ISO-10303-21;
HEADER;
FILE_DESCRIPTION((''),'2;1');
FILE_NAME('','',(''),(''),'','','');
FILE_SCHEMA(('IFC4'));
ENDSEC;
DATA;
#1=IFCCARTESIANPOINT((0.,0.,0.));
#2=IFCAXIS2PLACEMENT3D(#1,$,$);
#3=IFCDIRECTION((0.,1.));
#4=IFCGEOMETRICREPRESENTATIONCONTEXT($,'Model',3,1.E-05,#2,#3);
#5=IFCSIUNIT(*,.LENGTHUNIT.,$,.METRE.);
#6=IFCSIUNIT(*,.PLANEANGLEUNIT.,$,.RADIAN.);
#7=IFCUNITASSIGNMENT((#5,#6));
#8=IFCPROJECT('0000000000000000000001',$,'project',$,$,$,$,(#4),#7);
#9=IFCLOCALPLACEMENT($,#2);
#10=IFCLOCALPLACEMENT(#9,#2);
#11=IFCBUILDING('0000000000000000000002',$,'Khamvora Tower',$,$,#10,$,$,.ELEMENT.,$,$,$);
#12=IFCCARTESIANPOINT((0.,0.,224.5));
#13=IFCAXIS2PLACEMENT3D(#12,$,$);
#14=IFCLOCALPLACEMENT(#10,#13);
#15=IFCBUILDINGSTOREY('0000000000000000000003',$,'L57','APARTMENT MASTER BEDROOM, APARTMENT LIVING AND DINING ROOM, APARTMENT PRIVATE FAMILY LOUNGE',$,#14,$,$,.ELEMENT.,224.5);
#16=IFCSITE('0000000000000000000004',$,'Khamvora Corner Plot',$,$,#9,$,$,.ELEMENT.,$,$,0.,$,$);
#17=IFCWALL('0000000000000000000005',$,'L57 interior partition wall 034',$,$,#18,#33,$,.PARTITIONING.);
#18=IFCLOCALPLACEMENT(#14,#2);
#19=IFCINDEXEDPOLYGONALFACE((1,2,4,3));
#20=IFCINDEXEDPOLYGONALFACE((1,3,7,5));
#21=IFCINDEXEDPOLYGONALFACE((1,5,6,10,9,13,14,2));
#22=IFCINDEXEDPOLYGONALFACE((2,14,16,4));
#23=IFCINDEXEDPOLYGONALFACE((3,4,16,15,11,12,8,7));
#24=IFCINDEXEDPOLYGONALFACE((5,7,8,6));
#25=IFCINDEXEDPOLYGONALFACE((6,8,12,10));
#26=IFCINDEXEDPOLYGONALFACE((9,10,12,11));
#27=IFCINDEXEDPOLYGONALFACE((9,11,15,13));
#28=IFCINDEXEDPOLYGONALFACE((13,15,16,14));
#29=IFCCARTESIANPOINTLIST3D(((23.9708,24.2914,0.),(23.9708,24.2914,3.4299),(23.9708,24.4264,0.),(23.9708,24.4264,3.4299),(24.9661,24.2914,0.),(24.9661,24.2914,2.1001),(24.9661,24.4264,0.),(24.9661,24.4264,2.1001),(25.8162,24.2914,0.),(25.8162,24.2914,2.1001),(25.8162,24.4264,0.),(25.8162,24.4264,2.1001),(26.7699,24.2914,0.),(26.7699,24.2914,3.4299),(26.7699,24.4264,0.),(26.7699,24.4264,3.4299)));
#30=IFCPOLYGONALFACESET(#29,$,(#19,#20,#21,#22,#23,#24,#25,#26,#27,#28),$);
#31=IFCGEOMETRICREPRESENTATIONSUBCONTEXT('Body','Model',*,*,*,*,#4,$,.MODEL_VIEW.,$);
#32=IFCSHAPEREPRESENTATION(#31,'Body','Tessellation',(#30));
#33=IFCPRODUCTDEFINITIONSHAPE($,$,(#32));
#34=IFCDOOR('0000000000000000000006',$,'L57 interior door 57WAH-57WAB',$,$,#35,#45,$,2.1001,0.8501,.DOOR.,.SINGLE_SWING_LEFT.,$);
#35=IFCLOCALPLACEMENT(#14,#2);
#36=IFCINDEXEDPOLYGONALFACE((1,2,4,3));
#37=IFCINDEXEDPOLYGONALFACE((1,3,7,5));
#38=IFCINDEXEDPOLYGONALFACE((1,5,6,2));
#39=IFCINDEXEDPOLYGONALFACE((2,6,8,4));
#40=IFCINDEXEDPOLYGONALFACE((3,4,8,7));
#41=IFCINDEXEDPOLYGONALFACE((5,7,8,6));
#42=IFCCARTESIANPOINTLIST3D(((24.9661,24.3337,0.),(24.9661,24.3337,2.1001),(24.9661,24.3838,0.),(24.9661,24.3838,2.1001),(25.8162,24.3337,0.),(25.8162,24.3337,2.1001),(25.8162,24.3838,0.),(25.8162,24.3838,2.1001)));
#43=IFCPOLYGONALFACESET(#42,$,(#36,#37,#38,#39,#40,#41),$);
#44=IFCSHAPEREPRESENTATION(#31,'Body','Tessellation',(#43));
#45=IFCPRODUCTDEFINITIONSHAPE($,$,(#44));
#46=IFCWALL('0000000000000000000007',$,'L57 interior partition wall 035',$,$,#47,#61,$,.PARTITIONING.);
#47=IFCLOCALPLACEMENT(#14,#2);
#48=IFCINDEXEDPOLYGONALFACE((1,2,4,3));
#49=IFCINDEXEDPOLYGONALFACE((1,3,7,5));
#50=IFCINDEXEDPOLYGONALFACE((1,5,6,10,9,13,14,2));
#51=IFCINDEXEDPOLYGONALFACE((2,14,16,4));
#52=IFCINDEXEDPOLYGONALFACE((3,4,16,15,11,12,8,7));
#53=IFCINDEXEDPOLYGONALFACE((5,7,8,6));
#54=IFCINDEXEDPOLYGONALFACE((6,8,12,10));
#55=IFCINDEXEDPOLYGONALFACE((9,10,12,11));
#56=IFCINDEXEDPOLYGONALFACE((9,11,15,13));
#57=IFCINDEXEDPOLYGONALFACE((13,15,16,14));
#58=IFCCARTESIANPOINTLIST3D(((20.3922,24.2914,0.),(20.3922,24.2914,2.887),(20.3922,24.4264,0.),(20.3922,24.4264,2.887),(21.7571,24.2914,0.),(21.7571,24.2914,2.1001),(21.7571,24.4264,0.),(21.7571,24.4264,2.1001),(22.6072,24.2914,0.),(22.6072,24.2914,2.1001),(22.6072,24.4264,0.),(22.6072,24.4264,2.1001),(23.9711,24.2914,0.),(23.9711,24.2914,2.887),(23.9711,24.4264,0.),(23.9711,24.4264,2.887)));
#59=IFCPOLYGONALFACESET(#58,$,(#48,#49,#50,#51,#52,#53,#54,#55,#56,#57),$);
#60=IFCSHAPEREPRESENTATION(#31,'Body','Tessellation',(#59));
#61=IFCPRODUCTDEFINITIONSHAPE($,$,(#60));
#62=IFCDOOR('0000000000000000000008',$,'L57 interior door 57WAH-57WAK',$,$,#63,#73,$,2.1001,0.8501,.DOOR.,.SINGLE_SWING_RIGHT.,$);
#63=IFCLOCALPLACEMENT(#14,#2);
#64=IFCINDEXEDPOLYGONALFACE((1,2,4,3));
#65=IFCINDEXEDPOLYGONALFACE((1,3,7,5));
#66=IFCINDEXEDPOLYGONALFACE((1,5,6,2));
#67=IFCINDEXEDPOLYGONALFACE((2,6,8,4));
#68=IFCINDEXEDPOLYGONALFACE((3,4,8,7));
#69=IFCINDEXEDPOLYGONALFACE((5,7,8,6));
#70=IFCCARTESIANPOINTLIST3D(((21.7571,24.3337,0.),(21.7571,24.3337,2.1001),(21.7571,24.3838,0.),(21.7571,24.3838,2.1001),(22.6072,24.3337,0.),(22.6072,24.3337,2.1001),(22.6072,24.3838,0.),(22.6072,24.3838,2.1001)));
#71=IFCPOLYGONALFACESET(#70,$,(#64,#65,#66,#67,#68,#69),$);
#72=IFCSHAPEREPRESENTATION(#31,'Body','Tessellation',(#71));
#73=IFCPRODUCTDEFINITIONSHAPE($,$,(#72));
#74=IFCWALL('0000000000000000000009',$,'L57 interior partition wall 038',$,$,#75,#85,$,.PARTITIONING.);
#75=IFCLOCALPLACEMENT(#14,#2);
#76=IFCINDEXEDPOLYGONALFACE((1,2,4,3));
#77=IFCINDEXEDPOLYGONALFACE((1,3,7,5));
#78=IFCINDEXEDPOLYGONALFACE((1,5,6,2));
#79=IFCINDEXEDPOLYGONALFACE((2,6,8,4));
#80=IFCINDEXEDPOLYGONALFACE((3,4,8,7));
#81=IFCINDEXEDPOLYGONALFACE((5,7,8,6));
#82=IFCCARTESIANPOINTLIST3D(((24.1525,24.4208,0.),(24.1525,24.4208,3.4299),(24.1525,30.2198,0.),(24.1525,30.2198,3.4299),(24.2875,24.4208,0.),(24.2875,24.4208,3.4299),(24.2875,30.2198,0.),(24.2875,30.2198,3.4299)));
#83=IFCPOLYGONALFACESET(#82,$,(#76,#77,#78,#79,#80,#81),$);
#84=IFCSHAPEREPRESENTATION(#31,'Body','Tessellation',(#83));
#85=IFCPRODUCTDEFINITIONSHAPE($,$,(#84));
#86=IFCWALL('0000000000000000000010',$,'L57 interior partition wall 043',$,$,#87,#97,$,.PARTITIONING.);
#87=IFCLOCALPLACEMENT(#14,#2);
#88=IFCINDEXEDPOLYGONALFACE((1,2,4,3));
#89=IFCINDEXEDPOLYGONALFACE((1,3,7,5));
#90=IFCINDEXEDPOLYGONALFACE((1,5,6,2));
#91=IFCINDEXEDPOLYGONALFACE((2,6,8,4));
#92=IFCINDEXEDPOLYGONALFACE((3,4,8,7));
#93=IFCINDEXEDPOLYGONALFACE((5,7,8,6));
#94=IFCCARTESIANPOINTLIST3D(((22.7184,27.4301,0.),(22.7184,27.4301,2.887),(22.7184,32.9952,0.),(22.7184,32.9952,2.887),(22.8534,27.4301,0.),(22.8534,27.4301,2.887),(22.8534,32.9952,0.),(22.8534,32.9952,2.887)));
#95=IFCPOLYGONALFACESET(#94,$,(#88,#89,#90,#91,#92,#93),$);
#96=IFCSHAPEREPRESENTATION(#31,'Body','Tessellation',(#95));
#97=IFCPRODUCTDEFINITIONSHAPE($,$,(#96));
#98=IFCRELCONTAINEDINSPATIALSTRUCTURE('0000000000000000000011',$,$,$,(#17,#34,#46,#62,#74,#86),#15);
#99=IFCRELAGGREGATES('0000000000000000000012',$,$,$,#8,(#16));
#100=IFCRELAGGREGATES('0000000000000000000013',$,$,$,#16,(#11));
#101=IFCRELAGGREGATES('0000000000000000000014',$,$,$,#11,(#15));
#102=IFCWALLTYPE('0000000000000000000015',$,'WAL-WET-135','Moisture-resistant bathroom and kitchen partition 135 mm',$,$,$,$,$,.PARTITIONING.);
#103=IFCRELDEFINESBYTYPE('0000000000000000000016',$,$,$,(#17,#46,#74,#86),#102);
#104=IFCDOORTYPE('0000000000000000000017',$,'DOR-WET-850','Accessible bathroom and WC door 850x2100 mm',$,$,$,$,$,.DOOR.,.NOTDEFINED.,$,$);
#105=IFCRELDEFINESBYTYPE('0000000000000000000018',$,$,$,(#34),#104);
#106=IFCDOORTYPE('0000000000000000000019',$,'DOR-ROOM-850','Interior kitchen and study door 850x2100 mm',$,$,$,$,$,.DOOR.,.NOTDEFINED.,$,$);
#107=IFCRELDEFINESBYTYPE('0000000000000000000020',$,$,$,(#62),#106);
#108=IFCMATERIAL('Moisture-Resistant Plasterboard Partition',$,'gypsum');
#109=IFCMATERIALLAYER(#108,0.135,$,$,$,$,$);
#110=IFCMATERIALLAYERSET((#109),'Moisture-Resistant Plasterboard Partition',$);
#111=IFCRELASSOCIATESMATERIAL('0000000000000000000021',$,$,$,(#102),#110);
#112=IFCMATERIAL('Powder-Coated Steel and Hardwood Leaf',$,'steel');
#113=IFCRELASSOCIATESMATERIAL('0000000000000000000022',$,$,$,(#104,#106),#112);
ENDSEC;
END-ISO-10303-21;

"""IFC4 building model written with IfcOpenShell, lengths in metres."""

from ifc_helpers import new_model, si_unit, direction, frame, frame_2d, origin, place, context, subcontext, project, spatial, rectangle, extrude, material, layer, layer_set, type_object, element, fill, save


model = new_model("IFC4")

# Units and contexts
model_context = context("Model", 3, precision=1e-05, world=origin(), true_north=direction((0.0, 1.0)))
body_context = subcontext(model_context, "Body", "Model", "MODEL_VIEW")
ifc_project = project(units=[si_unit("LENGTHUNIT", "METRE"), si_unit("PLANEANGLEUNIT", "RADIAN")], contexts=[model_context])

# Site, building, storey
site_placement = place(None, origin())
site = spatial("IfcSite", under=ifc_project, at=site_placement, Name="Khamvora Corner Plot", CompositionType="ELEMENT", RefElevation=0.0)
building_placement = place(site_placement, origin())
building = spatial("IfcBuilding", under=site, at=building_placement, Name="Khamvora Tower", CompositionType="ELEMENT")
storey_placement = place(building_placement, frame((0.0, 0.0, 224.5)))
storey = spatial("IfcBuildingStorey", under=building, at=storey_placement, Name="L57", Description="APARTMENT MASTER BEDROOM, APARTMENT LIVING AND DINING ROOM, APARTMENT PRIVATE FAMILY LOUNGE", CompositionType="ELEMENT", Elevation=224.5)

# Walls, openings, doors
ifc_material_1 = material(Name="Powder-Coated Steel and Hardwood Leaf", Category="steel")
ifc_material_2 = material(Name="Moisture-Resistant Plasterboard Partition", Category="gypsum")
ifc_layer_1 = layer(ifc_material_2, 0.135)
ifc_layer_set_1 = layer_set([ifc_layer_1], Name="Moisture-Resistant Plasterboard Partition")
wall_type_1 = type_object("IfcWallType", Name="WAL-WET-135", Description="Moisture-resistant bathroom and kitchen partition 135 mm", PredefinedType="PARTITIONING", material=ifc_layer_set_1)
wall_1_placement = place(storey_placement, frame((23.9709, 24.3589, 0.0), z_axis=(0.0, 0.0, 1.0), x_axis=(1.0, 0.0, 0.0)))
wall_1 = element("IfcWall", 1, at=wall_1_placement, inside=storey, type_object=wall_type_1, Name="L57 interior partition wall 034", PredefinedType="PARTITIONING", context=body_context, shape_type="SweptSolid", body=[
    extrude(rectangle(XDim=2.7991, YDim=0.135, at=frame_2d((1.3994, 0.0))), origin(), (0.0, 0.0, 1.0), 3.4299),
])
opening_1_placement = place(wall_1_placement, frame((0.9951, 0.0, 0.0)))
opening_1 = element("IfcOpeningElement", 2, at=opening_1_placement, cuts=wall_1, PredefinedType="OPENING", context=body_context, shape_type="SweptSolid", body=[
    extrude(rectangle(XDim=0.8501, YDim=2.1001, at=frame_2d((0.425, 1.05))), frame((0.0, 0.0774, 0.0), z_axis=(0.0, -1.0, 0.0), x_axis=(1.0, 0.0, 0.0)), (0.0, 0.0, 1.0), 0.155),
])
door_type_1 = type_object("IfcDoorType", Name="DOR-WET-850", Description="Accessible bathroom and WC door 850x2100 mm", OperationType="NOTDEFINED", PredefinedType="DOOR", material=ifc_material_1)
door_1_placement = place(opening_1_placement, origin())
door_1 = element("IfcDoor", 3, at=door_1_placement, inside=storey, type_object=door_type_1, Name="L57 interior door 57WAH-57WAB", OperationType="SINGLE_SWING_LEFT", OverallHeight=2.1001, OverallWidth=0.8501, PredefinedType="DOOR", context=body_context, shape_type="SweptSolid", body=[
    extrude(rectangle(XDim=0.8501, YDim=2.1001, at=frame_2d((0.425, 1.05))), frame((0.0, 0.0249, 0.0), z_axis=(0.0, -1.0, 0.0), x_axis=(1.0, 0.0, 0.0)), (0.0, 0.0, 1.0), 0.05),
])
fill(opening_1, door_1)
wall_2_placement = place(storey_placement, frame((20.3921, 24.3589, 0.0), z_axis=(0.0, 0.0, 1.0), x_axis=(1.0, 0.0, 0.0)))
wall_2 = element("IfcWall", 4, at=wall_2_placement, inside=storey, type_object=wall_type_1, Name="L57 interior partition wall 035", PredefinedType="PARTITIONING", context=body_context, shape_type="SweptSolid", body=[
    extrude(rectangle(XDim=3.5789, YDim=0.135, at=frame_2d((1.7896, 0.0))), origin(), (0.0, 0.0, 1.0), 2.887),
])
opening_2_placement = place(wall_2_placement, frame((1.365, 0.0, 0.0)))
opening_2 = element("IfcOpeningElement", 5, at=opening_2_placement, cuts=wall_2, PredefinedType="OPENING", context=body_context, shape_type="SweptSolid", body=[
    extrude(rectangle(XDim=0.8501, YDim=2.1001, at=frame_2d((0.425, 1.05))), frame((0.0, 0.0774, 0.0), z_axis=(0.0, -1.0, 0.0), x_axis=(1.0, 0.0, 0.0)), (0.0, 0.0, 1.0), 0.155),
])
door_type_2 = type_object("IfcDoorType", Name="DOR-ROOM-850", Description="Interior kitchen and study door 850x2100 mm", OperationType="NOTDEFINED", PredefinedType="DOOR", material=ifc_material_1)
door_2_placement = place(opening_2_placement, origin())
door_2 = element("IfcDoor", 6, at=door_2_placement, inside=storey, type_object=door_type_2, Name="L57 interior door 57WAH-57WAK", OperationType="SINGLE_SWING_RIGHT", OverallHeight=2.1001, OverallWidth=0.8501, PredefinedType="DOOR", context=body_context, shape_type="SweptSolid", body=[
    extrude(rectangle(XDim=0.8501, YDim=2.1001, at=frame_2d((0.425, 1.05))), frame((0.0, 0.0249, 0.0), z_axis=(0.0, -1.0, 0.0), x_axis=(1.0, 0.0, 0.0)), (0.0, 0.0, 1.0), 0.05),
])
fill(opening_2, door_2)

# Walls
wall_3_placement = place(storey_placement, frame((24.22, 24.4209, 0.0), z_axis=(0.0, 0.0, 1.0), x_axis=(0.0, 1.0, 0.0)))
element("IfcWall", 7, at=wall_3_placement, inside=storey, type_object=wall_type_1, Name="L57 interior partition wall 038", PredefinedType="PARTITIONING", context=body_context, shape_type="SweptSolid", body=[
    extrude(rectangle(XDim=5.7991, YDim=0.135, at=frame_2d((2.8994, 0.0))), origin(), (0.0, 0.0, 1.0), 3.4299),
])
wall_4_placement = place(storey_placement, frame((22.7859, 27.4299, 0.0), z_axis=(0.0, 0.0, 1.0), x_axis=(0.0, 1.0, 0.0)))
element("IfcWall", 8, at=wall_4_placement, inside=storey, type_object=wall_type_1, Name="L57 interior partition wall 043", PredefinedType="PARTITIONING", context=body_context, shape_type="SweptSolid", body=[
    extrude(rectangle(XDim=5.5652, YDim=0.135, at=frame_2d((2.7827, 0.0))), origin(), (0.0, 0.0, 1.0), 2.887),
])

save(model, "model.ifc")
